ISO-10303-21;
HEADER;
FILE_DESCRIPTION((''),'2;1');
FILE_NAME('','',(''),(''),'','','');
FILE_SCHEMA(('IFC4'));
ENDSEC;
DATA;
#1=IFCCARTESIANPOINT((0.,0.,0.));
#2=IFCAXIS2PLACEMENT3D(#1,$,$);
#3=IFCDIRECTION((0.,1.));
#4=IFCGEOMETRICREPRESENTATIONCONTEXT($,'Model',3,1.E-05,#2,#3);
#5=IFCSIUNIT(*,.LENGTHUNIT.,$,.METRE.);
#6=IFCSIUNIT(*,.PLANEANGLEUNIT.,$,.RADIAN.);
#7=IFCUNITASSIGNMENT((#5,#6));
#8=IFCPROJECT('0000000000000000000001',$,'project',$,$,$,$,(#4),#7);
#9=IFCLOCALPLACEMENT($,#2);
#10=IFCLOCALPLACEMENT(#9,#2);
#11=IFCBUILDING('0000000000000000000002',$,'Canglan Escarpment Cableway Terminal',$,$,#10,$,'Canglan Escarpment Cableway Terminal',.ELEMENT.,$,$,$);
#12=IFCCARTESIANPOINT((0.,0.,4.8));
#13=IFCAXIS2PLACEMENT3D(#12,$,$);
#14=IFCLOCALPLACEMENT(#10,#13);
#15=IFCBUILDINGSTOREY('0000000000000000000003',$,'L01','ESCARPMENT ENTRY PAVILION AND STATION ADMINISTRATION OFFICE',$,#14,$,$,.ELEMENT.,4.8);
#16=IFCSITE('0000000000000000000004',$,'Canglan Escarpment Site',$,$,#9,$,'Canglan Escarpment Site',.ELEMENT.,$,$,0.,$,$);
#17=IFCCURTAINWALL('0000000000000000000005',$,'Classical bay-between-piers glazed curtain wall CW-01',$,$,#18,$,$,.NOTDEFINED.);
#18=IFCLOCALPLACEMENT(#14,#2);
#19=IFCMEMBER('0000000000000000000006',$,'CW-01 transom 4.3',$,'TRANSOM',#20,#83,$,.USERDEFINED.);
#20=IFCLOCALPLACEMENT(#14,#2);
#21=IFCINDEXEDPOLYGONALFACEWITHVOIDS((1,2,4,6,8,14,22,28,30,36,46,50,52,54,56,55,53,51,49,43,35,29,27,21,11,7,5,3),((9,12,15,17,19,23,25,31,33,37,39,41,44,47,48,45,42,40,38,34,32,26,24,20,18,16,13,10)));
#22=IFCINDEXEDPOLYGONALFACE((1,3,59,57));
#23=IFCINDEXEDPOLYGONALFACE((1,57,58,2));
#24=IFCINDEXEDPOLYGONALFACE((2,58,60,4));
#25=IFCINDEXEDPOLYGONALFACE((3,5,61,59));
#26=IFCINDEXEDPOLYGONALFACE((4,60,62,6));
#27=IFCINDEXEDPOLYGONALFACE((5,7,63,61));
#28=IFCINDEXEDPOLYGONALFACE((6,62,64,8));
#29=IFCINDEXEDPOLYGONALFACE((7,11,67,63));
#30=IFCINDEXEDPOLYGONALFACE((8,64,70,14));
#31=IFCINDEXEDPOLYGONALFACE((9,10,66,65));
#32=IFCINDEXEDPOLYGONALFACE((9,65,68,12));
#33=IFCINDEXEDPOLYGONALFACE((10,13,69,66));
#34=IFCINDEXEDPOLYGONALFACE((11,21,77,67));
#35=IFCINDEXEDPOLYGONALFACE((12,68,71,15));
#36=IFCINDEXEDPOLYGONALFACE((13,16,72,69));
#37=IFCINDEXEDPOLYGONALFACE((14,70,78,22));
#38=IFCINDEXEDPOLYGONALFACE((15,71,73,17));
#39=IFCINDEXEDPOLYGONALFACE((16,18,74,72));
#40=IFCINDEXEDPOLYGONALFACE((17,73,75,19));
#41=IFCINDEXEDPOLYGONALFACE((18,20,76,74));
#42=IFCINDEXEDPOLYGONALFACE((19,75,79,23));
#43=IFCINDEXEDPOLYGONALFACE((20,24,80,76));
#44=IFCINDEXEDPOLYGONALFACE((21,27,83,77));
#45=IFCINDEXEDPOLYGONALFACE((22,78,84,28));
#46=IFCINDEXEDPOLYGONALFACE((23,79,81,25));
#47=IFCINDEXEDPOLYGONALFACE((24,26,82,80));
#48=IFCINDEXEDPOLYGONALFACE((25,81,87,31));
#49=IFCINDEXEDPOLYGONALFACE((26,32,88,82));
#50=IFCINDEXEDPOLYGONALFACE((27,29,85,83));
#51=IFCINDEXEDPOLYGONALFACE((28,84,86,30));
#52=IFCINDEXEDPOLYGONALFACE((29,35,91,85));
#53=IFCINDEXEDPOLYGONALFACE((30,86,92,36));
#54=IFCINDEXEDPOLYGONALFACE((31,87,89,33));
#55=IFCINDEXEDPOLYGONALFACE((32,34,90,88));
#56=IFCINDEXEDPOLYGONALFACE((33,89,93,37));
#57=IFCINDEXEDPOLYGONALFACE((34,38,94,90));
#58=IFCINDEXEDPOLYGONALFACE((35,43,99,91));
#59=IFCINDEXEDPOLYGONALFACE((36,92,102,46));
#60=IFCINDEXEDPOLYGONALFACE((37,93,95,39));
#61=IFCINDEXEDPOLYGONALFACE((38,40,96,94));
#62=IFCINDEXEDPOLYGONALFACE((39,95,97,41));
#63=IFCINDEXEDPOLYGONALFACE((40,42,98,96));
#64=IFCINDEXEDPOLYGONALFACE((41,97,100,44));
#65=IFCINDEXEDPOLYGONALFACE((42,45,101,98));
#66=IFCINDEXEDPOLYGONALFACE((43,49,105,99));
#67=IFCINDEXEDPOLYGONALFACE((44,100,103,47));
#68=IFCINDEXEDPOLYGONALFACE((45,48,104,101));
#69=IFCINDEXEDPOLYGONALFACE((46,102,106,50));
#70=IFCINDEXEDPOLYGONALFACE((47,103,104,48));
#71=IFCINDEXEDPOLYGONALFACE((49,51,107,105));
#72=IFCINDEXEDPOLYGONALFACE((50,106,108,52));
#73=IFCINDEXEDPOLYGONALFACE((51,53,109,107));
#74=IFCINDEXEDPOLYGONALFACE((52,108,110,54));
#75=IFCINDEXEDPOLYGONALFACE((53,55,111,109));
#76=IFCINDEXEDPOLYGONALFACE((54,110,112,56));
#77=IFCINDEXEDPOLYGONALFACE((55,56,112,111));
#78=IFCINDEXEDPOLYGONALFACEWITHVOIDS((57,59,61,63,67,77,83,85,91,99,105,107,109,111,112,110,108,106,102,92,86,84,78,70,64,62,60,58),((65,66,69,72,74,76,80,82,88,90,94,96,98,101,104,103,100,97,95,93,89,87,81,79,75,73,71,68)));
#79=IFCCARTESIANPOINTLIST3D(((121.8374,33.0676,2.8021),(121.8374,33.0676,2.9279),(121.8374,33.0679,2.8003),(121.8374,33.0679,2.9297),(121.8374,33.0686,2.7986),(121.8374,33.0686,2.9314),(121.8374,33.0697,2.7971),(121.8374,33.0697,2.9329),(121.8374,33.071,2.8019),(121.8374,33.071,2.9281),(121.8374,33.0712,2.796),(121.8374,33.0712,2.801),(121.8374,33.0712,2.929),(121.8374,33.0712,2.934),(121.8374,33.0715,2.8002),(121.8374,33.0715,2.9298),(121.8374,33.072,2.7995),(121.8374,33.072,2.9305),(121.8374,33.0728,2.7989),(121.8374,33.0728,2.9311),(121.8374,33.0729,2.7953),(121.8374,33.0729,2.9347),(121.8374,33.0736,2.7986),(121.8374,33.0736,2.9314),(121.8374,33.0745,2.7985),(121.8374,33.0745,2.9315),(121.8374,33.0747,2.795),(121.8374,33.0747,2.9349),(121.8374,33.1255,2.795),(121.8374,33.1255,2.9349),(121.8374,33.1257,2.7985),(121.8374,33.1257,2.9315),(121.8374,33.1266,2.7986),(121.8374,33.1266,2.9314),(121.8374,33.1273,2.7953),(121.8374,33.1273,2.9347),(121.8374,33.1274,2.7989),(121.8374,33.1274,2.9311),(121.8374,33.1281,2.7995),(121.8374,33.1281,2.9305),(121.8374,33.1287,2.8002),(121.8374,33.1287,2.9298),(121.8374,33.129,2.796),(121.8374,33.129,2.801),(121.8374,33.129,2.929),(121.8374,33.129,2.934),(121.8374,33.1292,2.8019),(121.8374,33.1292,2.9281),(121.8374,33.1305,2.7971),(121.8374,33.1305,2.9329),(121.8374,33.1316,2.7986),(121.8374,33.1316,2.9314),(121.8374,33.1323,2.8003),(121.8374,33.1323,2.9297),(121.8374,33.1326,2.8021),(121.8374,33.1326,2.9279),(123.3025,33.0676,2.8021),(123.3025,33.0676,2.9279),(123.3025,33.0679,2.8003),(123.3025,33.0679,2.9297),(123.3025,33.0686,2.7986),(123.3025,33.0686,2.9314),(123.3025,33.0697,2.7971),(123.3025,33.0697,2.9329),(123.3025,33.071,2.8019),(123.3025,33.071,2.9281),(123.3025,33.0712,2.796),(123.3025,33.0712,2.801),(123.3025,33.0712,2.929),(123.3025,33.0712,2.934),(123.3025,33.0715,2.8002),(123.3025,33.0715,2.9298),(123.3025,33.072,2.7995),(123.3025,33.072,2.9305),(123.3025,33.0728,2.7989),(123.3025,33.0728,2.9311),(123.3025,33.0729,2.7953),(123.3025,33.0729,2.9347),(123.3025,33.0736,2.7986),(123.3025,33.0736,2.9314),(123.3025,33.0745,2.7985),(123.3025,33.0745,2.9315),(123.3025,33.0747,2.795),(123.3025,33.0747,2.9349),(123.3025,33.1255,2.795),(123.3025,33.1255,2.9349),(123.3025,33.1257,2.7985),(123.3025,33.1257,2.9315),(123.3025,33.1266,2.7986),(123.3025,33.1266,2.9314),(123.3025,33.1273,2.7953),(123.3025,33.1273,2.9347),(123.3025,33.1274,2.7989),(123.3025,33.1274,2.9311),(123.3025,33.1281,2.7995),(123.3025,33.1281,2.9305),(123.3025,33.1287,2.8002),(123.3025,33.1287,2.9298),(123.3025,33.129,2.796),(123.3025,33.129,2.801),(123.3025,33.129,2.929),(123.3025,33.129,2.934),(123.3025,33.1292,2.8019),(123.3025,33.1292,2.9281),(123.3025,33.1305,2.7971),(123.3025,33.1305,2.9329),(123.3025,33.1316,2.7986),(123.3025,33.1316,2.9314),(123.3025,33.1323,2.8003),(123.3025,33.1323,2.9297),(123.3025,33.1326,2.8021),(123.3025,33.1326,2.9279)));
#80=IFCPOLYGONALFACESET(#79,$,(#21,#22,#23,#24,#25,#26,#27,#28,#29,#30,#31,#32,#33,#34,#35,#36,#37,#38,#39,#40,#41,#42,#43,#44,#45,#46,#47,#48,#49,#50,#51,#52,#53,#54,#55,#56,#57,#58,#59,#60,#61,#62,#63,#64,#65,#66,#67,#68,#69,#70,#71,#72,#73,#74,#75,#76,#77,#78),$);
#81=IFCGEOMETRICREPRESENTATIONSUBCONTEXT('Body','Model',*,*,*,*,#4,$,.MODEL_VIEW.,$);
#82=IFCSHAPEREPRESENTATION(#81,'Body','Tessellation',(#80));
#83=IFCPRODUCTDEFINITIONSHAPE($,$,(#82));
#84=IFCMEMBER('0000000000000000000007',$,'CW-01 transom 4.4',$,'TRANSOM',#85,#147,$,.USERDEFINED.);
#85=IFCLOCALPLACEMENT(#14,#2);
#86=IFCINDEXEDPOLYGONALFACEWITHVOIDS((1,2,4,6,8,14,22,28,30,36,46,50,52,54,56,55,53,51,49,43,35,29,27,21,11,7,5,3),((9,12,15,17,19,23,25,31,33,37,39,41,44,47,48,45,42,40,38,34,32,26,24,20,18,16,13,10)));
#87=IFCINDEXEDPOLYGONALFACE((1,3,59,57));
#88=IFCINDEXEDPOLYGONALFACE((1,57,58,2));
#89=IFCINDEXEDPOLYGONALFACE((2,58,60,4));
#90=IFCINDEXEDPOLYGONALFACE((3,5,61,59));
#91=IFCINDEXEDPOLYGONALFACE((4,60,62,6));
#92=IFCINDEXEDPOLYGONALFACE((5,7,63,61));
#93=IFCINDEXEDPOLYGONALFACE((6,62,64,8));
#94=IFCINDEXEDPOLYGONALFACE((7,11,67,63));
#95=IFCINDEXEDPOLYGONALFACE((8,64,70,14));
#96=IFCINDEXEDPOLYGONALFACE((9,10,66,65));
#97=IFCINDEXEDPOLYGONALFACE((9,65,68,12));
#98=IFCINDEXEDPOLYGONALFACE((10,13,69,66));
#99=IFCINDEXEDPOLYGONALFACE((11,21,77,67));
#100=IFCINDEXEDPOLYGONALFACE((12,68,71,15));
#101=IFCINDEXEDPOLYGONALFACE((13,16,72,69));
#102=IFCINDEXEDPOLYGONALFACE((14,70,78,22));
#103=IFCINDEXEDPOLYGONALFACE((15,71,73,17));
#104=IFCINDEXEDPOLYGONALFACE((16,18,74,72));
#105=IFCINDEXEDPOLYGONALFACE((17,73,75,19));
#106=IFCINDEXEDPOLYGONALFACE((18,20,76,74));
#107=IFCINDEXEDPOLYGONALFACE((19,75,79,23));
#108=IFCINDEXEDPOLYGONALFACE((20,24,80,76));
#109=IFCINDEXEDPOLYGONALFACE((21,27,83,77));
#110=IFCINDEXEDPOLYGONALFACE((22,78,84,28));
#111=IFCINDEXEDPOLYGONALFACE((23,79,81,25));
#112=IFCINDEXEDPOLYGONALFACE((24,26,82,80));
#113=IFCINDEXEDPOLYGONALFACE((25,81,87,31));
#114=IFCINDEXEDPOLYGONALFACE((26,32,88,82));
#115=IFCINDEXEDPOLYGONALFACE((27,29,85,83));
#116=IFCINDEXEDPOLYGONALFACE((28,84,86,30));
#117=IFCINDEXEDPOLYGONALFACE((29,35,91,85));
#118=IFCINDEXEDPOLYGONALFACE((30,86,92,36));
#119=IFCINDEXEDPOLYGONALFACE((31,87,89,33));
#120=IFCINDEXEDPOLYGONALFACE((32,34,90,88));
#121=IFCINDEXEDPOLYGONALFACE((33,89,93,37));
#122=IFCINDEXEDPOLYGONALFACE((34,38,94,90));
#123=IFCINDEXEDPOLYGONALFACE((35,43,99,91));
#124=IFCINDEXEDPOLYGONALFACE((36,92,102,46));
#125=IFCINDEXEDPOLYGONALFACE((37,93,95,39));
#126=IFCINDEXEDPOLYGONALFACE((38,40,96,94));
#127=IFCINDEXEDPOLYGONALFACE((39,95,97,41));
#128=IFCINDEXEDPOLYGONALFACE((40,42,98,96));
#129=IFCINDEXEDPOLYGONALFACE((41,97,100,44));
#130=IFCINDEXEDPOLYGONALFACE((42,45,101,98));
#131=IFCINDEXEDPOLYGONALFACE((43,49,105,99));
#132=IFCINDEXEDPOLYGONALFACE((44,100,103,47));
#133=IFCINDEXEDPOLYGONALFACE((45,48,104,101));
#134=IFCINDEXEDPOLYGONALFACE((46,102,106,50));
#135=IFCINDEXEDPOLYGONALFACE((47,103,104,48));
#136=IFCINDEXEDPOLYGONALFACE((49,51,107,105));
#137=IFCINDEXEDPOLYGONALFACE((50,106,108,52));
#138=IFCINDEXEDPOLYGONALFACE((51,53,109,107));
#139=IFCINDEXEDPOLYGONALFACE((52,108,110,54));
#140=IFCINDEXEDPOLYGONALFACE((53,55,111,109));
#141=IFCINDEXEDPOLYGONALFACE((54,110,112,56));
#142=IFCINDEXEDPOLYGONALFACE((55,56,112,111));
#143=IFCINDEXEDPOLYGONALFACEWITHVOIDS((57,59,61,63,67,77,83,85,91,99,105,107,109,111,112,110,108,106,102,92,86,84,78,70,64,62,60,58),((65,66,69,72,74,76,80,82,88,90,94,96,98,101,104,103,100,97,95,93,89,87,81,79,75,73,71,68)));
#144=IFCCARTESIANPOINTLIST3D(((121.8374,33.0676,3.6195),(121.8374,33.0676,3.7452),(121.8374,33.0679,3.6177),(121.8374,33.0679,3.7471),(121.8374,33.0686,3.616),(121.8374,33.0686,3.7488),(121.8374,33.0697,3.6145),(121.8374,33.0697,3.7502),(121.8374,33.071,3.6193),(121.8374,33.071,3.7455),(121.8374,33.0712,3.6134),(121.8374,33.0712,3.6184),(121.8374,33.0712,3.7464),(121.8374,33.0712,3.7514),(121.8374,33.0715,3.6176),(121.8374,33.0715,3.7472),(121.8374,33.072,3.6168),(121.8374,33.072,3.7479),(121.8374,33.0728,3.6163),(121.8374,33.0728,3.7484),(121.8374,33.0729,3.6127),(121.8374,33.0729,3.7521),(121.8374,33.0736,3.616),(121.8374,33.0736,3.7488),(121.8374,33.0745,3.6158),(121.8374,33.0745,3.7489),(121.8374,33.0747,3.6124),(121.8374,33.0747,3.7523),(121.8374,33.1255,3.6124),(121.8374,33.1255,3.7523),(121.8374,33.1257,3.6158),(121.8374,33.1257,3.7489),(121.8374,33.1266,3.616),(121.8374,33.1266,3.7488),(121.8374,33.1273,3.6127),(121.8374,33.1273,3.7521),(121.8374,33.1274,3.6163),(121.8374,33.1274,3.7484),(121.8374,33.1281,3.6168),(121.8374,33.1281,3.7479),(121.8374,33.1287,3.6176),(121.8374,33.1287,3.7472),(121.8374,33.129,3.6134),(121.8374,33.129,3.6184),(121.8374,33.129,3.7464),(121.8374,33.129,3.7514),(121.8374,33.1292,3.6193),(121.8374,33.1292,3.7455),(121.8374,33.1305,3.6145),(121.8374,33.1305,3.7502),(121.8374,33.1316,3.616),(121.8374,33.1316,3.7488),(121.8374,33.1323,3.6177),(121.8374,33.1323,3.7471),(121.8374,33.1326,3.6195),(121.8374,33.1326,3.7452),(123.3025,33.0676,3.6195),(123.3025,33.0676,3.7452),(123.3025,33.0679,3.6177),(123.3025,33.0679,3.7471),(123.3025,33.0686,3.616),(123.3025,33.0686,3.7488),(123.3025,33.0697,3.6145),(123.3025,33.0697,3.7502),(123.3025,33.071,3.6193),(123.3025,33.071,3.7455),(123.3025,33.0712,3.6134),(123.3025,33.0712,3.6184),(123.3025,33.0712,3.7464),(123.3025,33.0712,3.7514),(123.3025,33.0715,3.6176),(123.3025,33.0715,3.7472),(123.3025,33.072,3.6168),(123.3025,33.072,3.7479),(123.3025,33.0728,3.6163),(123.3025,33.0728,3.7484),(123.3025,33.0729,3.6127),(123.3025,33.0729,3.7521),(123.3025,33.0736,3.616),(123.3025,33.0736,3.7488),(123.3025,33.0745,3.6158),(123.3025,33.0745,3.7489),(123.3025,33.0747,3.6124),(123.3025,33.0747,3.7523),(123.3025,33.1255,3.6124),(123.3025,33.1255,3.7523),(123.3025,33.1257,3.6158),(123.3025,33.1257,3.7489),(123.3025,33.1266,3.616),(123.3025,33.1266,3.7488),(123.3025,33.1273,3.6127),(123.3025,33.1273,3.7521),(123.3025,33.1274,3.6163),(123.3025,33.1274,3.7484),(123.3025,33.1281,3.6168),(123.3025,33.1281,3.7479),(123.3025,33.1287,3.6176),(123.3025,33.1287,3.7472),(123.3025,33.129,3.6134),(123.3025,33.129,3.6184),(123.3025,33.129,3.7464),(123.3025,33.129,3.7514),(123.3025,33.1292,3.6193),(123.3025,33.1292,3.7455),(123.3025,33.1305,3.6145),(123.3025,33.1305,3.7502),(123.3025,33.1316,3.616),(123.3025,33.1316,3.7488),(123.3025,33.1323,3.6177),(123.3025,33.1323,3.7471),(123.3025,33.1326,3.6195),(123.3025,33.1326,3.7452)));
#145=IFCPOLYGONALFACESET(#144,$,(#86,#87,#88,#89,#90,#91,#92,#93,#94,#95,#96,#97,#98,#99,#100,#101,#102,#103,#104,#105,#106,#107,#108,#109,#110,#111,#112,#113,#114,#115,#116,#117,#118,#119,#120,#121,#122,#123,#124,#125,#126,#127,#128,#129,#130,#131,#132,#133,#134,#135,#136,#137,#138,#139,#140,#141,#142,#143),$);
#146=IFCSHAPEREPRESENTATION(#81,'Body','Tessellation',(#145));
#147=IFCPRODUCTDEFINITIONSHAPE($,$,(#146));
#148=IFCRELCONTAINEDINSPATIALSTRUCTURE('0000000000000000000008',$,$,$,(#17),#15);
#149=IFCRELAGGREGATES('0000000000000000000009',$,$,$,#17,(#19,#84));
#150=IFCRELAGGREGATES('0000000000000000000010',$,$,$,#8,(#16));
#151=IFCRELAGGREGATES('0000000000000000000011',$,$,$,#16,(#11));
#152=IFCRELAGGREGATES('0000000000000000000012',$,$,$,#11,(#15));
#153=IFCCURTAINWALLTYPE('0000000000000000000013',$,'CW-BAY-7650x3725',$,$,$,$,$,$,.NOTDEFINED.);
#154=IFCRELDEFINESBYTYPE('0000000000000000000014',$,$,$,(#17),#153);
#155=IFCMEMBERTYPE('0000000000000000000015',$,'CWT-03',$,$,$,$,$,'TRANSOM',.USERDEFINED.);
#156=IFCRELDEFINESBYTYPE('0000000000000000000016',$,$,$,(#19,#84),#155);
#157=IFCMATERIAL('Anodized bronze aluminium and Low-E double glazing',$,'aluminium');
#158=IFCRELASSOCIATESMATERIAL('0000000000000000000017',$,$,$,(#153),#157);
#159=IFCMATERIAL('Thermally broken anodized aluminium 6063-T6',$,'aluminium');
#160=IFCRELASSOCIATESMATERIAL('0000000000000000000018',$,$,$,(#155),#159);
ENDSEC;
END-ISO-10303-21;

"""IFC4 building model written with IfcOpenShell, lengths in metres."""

from ifc_helpers import new_model, si_unit, direction, frame, origin, origin_2d, place, context, subcontext, project, spatial, hollow_rectangle, extrude, material, material_profile, profile_set, type_object, element, aggregate, save


model = new_model("IFC4")

# Units and contexts
model_context = context("Model", 3, precision=1e-05, world=origin(), true_north=direction((0.0, 1.0)))
body_context = subcontext(model_context, "Body", "Model", "MODEL_VIEW")
ifc_project = project(units=[si_unit("LENGTHUNIT", "METRE"), si_unit("PLANEANGLEUNIT", "RADIAN")], contexts=[model_context])

# Site, building, storey
site_placement = place(None, origin())
site = spatial("IfcSite", under=ifc_project, at=site_placement, Name="Canglan Escarpment Site", LongName="Canglan Escarpment Site", CompositionType="ELEMENT", RefElevation=0.0)
building_placement = place(site_placement, origin())
building = spatial("IfcBuilding", under=site, at=building_placement, Name="Canglan Escarpment Cableway Terminal", LongName="Canglan Escarpment Cableway Terminal", CompositionType="ELEMENT")
storey_placement = place(building_placement, frame((0.0, 0.0, 4.8)))
storey = spatial("IfcBuildingStorey", under=building, at=storey_placement, Name="L01", Description="ESCARPMENT ENTRY PAVILION AND STATION ADMINISTRATION OFFICE", CompositionType="ELEMENT", Elevation=4.8)

# Curtain wall, members
ifc_material_1 = material(Name="Anodized bronze aluminium and Low-E double glazing", Category="aluminium")
curtain_wall_type = type_object("IfcCurtainWallType", Name="CW-BAY-7650x3725", PredefinedType="NOTDEFINED", material=ifc_material_1)
curtain_wall_placement = place(storey_placement, origin())
curtain_wall = element("IfcCurtainWall", 1, at=curtain_wall_placement, inside=storey, type_object=curtain_wall_type, Name="Classical bay-between-piers glazed curtain wall CW-01", PredefinedType="NOTDEFINED")
ifc_material_2 = material(Name="Thermally broken anodized aluminium 6063-T6", Category="aluminium")
ifc_material_profile_1 = material_profile(ifc_material_2, hollow_rectangle(XDim=0.0649, YDim=0.1399, WallThickness=0.0034, InnerFilletRadius=0.0034, OuterFilletRadius=0.0071, at=origin_2d()), Name="ALU-TRAN 65x140x3.5")
ifc_profile_set_1 = profile_set([ifc_material_profile_1], Name="Thermally broken anodized aluminium 6063-T6")
member_type_1 = type_object("IfcMemberType", Name="CWT-03", ElementType="TRANSOM", PredefinedType="USERDEFINED", material=ifc_profile_set_1)
member_1_placement = place(storey_placement, frame((123.3025, 33.1001, 2.865), z_axis=(-1.0, 0.0, 0.0), x_axis=(0.0, -1.0, 0.0)))
member_1 = element("IfcMember", 2, at=member_1_placement, type_object=member_type_1, Name="CW-01 transom 4.3", ObjectType="TRANSOM", PredefinedType="USERDEFINED", context=body_context, shape_type="SweptSolid", body=[
    extrude(hollow_rectangle(XDim=0.0649, YDim=0.1399, WallThickness=0.0034, InnerFilletRadius=0.0034, OuterFilletRadius=0.0071, at=origin_2d()), origin(), (0.0, 0.0, 1.0), 1.4651),
])
member_2_placement = place(storey_placement, frame((123.3025, 33.1001, 3.6824), z_axis=(-1.0, 0.0, 0.0), x_axis=(0.0, -1.0, 0.0)))
member_2 = element("IfcMember", 3, at=member_2_placement, type_object=member_type_1, Name="CW-01 transom 4.4", ObjectType="TRANSOM", PredefinedType="USERDEFINED", context=body_context, shape_type="SweptSolid", body=[
    extrude(hollow_rectangle(XDim=0.0649, YDim=0.1399, WallThickness=0.0034, InnerFilletRadius=0.0034, OuterFilletRadius=0.0071, at=origin_2d()), origin(), (0.0, 0.0, 1.0), 1.4651),
])
aggregate(curtain_wall, [member_1, member_2])

save(model, "model.ifc")
